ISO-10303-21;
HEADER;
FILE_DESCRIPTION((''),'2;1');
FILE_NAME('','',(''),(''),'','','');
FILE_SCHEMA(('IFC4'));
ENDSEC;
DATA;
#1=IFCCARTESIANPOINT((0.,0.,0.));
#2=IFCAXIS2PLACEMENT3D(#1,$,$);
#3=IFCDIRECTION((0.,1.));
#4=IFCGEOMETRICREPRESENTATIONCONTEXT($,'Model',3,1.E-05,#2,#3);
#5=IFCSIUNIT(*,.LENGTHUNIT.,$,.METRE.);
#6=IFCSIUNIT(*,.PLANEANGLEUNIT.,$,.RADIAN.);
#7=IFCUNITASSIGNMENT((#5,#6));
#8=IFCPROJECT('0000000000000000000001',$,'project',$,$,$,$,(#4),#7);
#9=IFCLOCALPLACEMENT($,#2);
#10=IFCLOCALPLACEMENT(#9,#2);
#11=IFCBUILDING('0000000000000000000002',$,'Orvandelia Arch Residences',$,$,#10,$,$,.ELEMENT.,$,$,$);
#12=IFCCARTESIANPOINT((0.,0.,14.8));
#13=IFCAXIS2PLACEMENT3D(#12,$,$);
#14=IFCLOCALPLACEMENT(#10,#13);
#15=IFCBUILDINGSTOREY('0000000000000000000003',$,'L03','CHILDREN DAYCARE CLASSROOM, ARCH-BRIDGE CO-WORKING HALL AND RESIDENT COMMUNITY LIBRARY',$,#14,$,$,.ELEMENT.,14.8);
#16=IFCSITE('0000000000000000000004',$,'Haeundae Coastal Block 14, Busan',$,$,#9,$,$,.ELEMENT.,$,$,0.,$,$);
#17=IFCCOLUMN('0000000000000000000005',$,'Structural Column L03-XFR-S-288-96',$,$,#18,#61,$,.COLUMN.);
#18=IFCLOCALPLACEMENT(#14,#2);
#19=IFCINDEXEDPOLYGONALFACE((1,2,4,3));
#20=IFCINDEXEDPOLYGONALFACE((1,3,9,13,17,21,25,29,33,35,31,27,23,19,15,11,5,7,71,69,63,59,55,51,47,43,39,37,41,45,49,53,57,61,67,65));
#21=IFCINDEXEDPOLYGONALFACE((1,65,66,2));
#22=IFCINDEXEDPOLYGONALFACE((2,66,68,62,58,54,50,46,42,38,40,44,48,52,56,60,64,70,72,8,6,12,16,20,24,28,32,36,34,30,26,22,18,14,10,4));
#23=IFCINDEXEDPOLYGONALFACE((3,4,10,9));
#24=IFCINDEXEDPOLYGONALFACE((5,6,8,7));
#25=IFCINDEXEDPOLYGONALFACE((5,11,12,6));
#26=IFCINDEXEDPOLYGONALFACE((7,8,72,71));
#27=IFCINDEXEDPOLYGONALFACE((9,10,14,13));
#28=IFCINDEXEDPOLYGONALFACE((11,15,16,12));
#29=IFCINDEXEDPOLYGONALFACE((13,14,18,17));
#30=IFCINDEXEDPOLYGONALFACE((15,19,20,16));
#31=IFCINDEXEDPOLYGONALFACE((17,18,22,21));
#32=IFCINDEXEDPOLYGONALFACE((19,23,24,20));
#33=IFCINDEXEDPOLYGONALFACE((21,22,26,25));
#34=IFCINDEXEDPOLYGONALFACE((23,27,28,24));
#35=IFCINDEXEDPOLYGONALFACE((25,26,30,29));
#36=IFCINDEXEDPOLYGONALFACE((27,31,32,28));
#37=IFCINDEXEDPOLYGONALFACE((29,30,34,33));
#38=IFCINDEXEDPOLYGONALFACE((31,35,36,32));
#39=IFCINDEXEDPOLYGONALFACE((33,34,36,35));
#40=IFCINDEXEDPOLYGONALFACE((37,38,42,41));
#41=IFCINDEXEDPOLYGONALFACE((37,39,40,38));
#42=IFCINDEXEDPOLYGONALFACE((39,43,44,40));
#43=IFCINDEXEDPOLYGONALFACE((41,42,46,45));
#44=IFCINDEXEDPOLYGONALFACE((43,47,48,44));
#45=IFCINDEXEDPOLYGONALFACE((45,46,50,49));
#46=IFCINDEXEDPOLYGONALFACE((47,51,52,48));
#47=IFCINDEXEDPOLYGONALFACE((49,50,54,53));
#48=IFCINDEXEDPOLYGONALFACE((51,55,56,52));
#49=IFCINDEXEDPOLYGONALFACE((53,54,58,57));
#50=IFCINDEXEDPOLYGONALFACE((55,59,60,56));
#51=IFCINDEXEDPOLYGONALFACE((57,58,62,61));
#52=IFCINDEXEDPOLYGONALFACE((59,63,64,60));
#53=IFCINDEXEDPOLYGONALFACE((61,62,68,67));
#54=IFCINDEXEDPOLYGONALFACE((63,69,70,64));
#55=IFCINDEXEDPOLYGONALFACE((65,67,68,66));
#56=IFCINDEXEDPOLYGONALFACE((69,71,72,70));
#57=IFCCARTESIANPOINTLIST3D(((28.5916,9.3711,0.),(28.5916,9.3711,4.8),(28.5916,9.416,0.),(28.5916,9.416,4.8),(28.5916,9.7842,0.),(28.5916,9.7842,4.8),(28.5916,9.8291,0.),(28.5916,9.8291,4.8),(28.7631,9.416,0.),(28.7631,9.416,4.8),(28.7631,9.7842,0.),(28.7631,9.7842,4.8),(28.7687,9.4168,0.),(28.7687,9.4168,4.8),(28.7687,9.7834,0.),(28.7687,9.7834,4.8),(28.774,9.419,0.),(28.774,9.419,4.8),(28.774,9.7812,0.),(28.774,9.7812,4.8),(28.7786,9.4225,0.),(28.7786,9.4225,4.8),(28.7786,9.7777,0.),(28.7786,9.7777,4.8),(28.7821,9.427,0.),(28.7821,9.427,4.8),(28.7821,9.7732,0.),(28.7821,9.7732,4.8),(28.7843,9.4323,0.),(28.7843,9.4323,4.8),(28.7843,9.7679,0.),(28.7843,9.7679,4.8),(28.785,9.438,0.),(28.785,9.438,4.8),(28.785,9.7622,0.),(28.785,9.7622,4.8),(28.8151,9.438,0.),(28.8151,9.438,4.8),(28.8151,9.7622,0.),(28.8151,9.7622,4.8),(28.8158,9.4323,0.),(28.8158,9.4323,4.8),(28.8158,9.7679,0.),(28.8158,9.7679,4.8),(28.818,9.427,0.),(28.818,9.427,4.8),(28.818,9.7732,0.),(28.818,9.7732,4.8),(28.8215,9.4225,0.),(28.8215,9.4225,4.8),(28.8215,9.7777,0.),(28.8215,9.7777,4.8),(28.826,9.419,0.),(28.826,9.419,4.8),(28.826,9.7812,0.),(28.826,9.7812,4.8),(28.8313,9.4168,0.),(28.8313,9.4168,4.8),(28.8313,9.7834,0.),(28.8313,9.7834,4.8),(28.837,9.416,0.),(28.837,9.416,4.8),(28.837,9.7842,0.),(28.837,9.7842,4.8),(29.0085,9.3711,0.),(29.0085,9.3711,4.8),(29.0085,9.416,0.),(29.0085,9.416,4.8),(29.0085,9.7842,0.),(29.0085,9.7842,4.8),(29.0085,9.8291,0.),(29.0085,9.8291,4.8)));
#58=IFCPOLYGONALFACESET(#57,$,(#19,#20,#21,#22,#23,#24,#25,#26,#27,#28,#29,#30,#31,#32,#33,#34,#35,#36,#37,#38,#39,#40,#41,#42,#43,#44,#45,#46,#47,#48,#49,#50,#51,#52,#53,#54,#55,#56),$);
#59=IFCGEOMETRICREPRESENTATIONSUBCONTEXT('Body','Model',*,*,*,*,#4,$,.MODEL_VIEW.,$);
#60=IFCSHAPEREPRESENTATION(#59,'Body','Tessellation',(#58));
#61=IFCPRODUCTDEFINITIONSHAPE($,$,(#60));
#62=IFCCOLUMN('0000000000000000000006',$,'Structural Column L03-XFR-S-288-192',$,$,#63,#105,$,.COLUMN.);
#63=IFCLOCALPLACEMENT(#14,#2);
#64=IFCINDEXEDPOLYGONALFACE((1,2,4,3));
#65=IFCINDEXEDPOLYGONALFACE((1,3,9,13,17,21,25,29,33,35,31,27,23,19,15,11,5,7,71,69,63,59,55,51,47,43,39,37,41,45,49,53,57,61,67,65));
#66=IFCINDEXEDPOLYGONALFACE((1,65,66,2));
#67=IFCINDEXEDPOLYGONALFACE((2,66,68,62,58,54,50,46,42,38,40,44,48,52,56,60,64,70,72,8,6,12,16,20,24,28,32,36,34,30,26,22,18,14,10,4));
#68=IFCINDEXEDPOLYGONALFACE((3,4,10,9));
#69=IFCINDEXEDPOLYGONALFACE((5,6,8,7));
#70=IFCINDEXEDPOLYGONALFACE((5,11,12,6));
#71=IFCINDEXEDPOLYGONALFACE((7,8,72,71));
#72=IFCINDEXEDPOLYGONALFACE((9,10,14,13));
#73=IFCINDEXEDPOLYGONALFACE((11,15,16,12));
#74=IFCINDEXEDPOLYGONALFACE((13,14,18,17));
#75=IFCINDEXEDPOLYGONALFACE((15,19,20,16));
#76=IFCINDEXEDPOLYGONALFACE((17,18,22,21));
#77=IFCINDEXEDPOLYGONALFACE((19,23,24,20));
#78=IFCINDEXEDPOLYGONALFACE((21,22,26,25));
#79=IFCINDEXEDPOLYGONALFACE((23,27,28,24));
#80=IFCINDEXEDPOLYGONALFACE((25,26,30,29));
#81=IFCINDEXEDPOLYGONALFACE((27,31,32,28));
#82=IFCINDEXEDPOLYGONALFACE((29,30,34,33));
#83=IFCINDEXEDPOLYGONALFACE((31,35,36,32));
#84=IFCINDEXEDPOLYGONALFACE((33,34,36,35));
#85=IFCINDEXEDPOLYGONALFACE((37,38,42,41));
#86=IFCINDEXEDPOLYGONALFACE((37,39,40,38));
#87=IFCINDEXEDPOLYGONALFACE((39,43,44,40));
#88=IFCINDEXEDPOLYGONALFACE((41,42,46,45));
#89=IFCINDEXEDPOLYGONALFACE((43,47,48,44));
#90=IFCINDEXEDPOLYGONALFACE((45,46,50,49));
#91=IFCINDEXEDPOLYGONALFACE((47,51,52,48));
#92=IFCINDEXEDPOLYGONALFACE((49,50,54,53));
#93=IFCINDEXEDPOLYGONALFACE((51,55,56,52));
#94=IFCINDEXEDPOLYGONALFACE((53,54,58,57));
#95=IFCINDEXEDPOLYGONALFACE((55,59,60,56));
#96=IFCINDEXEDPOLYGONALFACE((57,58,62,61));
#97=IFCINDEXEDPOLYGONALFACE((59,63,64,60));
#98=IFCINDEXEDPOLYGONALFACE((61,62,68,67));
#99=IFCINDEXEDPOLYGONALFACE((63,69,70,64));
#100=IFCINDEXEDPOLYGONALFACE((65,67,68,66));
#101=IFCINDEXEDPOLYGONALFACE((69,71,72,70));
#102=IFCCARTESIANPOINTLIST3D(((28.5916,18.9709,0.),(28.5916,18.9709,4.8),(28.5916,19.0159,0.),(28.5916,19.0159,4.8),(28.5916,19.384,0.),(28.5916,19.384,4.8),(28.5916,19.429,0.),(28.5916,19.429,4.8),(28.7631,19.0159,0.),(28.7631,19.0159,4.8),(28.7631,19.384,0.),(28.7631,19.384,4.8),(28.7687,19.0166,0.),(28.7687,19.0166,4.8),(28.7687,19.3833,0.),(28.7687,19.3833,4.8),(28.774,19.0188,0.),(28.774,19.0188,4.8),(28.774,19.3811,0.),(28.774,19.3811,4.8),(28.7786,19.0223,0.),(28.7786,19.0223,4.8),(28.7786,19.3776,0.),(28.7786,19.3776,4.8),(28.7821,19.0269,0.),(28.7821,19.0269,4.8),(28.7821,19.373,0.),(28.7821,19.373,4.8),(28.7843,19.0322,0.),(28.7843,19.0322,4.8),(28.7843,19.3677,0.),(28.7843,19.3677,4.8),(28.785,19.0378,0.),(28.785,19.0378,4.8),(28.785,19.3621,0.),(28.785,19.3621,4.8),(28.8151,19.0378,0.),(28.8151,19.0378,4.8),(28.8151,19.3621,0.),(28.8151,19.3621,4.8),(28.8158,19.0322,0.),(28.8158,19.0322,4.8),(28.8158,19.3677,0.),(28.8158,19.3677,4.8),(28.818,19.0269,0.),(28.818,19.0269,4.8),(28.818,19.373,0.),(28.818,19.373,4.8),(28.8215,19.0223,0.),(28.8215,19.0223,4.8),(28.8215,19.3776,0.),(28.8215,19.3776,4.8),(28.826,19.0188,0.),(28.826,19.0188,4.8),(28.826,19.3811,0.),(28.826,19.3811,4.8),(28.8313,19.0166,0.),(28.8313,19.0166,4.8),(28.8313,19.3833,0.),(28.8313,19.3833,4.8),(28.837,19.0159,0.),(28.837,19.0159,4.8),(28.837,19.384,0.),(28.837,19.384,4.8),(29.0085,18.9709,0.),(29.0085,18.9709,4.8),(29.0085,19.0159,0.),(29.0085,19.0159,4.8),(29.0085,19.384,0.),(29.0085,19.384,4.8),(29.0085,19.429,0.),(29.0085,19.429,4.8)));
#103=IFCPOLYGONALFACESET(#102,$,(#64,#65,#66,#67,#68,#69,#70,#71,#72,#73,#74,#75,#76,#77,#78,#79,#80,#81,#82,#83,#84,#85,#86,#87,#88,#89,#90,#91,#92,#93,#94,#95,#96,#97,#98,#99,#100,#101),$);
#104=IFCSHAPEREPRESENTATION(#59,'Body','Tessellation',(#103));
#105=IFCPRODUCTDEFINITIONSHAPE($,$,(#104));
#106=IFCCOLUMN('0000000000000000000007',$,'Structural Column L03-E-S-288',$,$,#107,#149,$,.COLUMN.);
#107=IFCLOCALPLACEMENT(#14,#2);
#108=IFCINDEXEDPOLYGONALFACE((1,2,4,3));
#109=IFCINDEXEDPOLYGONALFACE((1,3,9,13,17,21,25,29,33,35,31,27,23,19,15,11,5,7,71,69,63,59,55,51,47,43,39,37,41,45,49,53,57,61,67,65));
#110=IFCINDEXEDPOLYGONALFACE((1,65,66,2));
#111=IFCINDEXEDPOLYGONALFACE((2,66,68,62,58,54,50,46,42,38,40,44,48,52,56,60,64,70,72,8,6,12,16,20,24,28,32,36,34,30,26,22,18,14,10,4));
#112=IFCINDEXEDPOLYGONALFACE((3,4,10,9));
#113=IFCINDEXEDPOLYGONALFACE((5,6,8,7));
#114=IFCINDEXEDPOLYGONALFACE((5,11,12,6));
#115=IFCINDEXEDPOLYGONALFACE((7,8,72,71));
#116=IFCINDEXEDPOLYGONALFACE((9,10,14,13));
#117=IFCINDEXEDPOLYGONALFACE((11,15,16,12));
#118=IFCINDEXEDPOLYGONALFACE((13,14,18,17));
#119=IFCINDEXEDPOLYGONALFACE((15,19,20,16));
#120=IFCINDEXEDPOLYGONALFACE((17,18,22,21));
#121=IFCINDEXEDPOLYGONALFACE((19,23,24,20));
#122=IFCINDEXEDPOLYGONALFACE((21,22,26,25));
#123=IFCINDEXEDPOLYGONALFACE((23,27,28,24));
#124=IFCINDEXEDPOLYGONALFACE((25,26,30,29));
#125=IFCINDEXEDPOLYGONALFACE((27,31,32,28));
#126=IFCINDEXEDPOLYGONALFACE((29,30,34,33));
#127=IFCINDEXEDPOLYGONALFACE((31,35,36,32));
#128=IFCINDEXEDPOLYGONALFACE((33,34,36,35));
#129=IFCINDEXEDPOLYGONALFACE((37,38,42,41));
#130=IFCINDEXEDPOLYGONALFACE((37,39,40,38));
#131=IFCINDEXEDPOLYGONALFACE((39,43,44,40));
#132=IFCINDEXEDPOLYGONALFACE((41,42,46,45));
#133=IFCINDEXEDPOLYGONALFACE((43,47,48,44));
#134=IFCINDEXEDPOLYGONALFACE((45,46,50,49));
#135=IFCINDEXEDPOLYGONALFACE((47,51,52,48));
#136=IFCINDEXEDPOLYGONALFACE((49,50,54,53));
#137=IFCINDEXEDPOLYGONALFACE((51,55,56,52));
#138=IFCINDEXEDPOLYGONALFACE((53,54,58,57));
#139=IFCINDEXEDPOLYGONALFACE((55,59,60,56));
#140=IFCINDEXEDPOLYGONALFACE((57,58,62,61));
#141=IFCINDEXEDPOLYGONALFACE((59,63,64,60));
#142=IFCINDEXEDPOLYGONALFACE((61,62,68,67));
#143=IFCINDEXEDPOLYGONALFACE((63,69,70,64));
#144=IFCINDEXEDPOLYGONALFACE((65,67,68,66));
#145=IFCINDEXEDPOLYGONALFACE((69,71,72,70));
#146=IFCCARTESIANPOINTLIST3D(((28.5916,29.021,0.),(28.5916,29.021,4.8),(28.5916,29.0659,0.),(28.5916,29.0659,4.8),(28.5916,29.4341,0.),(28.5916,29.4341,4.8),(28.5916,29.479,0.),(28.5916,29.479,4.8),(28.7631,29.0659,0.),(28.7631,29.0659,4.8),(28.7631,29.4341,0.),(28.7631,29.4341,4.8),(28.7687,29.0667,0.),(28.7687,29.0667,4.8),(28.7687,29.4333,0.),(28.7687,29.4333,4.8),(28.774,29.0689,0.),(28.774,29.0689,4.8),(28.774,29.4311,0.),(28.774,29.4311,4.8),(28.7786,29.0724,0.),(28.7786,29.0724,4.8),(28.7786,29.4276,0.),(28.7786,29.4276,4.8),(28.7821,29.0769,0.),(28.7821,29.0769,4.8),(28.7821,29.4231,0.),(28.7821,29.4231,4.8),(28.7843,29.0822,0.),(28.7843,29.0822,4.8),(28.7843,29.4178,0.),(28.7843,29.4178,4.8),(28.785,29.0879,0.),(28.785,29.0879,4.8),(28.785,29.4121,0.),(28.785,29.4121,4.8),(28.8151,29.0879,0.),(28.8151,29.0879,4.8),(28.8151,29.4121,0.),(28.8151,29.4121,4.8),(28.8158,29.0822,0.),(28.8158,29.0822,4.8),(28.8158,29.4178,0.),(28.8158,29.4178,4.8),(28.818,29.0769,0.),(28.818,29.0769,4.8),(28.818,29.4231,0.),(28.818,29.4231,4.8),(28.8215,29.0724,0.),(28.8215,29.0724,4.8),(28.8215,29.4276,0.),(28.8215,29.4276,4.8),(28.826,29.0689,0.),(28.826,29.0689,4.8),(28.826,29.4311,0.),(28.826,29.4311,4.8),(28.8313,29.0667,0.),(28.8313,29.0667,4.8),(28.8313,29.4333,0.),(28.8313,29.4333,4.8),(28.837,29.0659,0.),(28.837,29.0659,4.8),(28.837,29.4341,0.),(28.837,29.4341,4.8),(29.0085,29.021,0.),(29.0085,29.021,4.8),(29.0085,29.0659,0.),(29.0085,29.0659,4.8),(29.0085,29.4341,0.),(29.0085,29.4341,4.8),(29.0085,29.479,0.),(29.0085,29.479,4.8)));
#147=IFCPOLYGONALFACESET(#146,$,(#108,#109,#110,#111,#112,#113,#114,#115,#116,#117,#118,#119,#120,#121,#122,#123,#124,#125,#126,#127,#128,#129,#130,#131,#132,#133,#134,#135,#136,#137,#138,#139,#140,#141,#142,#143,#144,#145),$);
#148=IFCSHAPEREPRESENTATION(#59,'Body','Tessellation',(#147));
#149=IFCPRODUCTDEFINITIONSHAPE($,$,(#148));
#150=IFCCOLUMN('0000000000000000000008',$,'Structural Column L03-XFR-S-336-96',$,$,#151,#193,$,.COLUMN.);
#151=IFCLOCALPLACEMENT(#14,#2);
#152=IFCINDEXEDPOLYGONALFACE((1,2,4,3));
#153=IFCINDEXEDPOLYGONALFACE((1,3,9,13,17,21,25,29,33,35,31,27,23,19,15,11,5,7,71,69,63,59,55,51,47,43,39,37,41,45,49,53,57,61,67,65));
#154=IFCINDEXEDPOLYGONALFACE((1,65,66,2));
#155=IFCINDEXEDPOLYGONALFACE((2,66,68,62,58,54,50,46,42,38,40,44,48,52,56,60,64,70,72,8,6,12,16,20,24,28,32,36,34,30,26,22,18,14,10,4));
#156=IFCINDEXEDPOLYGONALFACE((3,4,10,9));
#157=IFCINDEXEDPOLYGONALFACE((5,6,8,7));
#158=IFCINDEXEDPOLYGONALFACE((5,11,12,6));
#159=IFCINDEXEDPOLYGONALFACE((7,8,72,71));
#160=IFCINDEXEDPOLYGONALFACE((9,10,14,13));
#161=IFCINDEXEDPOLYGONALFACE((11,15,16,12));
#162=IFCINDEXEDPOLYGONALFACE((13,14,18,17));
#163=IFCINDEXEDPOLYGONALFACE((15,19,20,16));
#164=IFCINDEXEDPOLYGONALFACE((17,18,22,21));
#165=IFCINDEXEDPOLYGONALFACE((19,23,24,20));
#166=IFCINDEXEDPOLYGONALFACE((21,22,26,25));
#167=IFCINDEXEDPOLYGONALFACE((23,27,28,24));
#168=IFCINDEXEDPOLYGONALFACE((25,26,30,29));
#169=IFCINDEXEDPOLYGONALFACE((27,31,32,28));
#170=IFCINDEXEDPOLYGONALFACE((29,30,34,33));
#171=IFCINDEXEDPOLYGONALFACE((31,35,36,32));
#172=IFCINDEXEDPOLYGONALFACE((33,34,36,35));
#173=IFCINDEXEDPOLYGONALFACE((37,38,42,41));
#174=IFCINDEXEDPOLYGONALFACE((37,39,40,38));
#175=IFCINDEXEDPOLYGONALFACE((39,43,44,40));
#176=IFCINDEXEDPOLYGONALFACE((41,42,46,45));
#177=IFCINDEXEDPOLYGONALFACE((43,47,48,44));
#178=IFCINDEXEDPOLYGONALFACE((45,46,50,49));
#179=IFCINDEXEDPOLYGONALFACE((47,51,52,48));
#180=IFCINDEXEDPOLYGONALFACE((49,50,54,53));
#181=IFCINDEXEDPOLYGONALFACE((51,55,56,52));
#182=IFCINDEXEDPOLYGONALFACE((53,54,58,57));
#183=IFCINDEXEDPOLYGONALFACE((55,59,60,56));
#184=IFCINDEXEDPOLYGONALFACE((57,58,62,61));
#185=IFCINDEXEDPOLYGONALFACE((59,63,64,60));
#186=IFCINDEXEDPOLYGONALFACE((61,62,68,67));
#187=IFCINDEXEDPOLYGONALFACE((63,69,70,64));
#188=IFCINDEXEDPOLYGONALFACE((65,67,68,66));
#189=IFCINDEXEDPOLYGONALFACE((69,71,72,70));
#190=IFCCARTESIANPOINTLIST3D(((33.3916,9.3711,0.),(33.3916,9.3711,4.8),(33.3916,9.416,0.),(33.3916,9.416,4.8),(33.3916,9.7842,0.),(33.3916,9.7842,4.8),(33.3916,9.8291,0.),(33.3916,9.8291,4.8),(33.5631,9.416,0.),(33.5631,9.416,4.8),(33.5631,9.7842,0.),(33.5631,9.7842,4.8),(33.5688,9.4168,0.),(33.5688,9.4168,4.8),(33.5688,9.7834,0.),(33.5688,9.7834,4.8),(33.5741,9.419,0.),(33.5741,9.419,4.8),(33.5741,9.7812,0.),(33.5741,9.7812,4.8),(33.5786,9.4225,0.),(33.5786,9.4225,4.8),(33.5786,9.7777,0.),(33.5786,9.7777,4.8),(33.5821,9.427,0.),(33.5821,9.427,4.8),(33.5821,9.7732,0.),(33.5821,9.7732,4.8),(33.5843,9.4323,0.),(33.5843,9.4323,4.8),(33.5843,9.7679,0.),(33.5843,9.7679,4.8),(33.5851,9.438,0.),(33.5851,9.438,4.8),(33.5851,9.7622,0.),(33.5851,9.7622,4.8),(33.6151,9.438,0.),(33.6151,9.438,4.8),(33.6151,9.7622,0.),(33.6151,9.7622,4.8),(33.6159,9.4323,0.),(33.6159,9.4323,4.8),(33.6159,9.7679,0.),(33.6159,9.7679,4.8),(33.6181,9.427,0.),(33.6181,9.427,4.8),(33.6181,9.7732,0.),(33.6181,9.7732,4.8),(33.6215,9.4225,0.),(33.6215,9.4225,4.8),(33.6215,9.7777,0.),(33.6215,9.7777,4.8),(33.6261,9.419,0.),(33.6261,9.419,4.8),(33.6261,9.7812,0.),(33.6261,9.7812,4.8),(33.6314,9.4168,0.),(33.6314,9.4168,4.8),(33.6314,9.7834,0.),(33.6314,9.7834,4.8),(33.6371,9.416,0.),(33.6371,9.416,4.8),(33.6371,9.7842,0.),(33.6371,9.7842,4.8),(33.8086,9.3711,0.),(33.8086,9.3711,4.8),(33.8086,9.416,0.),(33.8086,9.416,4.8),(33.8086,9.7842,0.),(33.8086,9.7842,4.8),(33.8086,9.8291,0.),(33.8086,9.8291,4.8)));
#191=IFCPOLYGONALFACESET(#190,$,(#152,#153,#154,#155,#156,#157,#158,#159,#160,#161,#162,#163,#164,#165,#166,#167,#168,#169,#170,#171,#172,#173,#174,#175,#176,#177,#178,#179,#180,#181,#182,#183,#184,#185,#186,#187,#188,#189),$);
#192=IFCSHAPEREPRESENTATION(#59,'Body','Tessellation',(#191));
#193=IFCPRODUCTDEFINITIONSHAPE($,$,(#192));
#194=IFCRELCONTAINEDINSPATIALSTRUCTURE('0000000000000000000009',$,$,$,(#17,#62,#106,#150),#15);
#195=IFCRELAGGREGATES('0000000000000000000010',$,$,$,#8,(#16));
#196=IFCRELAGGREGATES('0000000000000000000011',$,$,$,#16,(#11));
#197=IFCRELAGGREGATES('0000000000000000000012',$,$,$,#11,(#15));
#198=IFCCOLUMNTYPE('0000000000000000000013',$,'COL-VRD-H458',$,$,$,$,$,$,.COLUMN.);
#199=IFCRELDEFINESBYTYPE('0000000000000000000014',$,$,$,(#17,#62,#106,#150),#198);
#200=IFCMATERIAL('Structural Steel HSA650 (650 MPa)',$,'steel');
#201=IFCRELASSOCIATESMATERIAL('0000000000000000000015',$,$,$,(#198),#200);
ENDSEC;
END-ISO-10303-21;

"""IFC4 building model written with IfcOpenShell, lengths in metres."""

from ifc_helpers import new_model, si_unit, direction, frame, origin, origin_2d, place, context, subcontext, project, spatial, i_section, extrude, material, material_profile, profile_set, type_object, element, save


model = new_model("IFC4")

# Units and contexts
model_context = context("Model", 3, precision=1e-05, world=origin(), true_north=direction((0.0, 1.0)))
body_context = subcontext(model_context, "Body", "Model", "MODEL_VIEW")
ifc_project = project(units=[si_unit("LENGTHUNIT", "METRE"), si_unit("PLANEANGLEUNIT", "RADIAN")], contexts=[model_context])

# Site, building, storey
site_placement = place(None, origin())
site = spatial("IfcSite", under=ifc_project, at=site_placement, Name="Haeundae Coastal Block 14, Busan", CompositionType="ELEMENT", RefElevation=0.0)
building_placement = place(site_placement, origin())
building = spatial("IfcBuilding", under=site, at=building_placement, Name="Orvandelia Arch Residences", CompositionType="ELEMENT")
storey_placement = place(building_placement, frame((0.0, 0.0, 14.8)))
storey = spatial("IfcBuildingStorey", under=building, at=storey_placement, Name="L03", Description="CHILDREN DAYCARE CLASSROOM, ARCH-BRIDGE CO-WORKING HALL AND RESIDENT COMMUNITY LIBRARY", CompositionType="ELEMENT", Elevation=14.8)

# Columns
ifc_material_1 = material(Name="Structural Steel HSA650 (650 MPa)", Category="steel")
ifc_material_profile_1 = material_profile(ifc_material_1, i_section(OverallWidth=0.417, OverallDepth=0.458, WebThickness=0.03, FlangeThickness=0.0449, FilletRadius=0.022, at=origin_2d()), Name="Structural Steel HSA650 (650 MPa)", Category="steel")
ifc_profile_set_1 = profile_set([ifc_material_profile_1], Name="Structural Steel HSA650 (650 MPa)")
column_type = type_object("IfcColumnType", Name="COL-VRD-H458", PredefinedType="COLUMN", material=ifc_profile_set_1)
for number, where, z_axis, x_axis, name in (
    (1, (28.8, 9.6001, 0.0), (0.0, 0.0, 1.0), (1.0, 0.0, 0.0), "Structural Column L03-XFR-S-288-96"),
    (2, (28.8, 19.2, 0.0), (0.0, 0.0, 1.0), (1.0, 0.0, 0.0), "Structural Column L03-XFR-S-288-192"),
    (3, (28.8, 29.25, 0.0), (0.0, 0.0, 1.0), (1.0, 0.0, 0.0), "Structural Column L03-E-S-288"),
    (4, (33.6001, 9.6001, 0.0), (0.0, 0.0, 1.0), (1.0, 0.0, 0.0), "Structural Column L03-XFR-S-336-96"),
):
    element("IfcColumn", number, at=place(storey_placement, frame(where, z_axis=z_axis, x_axis=x_axis)), inside=storey, type_object=column_type, Name=name, PredefinedType="COLUMN", context=body_context, shape_type="SweptSolid", body=[
        extrude(i_section(OverallWidth=0.417, OverallDepth=0.458, WebThickness=0.03, FlangeThickness=0.0449, FilletRadius=0.022, at=origin_2d()), origin(), (0.0, 0.0, 1.0), 4.8),
    ])

save(model, "model.ifc")
